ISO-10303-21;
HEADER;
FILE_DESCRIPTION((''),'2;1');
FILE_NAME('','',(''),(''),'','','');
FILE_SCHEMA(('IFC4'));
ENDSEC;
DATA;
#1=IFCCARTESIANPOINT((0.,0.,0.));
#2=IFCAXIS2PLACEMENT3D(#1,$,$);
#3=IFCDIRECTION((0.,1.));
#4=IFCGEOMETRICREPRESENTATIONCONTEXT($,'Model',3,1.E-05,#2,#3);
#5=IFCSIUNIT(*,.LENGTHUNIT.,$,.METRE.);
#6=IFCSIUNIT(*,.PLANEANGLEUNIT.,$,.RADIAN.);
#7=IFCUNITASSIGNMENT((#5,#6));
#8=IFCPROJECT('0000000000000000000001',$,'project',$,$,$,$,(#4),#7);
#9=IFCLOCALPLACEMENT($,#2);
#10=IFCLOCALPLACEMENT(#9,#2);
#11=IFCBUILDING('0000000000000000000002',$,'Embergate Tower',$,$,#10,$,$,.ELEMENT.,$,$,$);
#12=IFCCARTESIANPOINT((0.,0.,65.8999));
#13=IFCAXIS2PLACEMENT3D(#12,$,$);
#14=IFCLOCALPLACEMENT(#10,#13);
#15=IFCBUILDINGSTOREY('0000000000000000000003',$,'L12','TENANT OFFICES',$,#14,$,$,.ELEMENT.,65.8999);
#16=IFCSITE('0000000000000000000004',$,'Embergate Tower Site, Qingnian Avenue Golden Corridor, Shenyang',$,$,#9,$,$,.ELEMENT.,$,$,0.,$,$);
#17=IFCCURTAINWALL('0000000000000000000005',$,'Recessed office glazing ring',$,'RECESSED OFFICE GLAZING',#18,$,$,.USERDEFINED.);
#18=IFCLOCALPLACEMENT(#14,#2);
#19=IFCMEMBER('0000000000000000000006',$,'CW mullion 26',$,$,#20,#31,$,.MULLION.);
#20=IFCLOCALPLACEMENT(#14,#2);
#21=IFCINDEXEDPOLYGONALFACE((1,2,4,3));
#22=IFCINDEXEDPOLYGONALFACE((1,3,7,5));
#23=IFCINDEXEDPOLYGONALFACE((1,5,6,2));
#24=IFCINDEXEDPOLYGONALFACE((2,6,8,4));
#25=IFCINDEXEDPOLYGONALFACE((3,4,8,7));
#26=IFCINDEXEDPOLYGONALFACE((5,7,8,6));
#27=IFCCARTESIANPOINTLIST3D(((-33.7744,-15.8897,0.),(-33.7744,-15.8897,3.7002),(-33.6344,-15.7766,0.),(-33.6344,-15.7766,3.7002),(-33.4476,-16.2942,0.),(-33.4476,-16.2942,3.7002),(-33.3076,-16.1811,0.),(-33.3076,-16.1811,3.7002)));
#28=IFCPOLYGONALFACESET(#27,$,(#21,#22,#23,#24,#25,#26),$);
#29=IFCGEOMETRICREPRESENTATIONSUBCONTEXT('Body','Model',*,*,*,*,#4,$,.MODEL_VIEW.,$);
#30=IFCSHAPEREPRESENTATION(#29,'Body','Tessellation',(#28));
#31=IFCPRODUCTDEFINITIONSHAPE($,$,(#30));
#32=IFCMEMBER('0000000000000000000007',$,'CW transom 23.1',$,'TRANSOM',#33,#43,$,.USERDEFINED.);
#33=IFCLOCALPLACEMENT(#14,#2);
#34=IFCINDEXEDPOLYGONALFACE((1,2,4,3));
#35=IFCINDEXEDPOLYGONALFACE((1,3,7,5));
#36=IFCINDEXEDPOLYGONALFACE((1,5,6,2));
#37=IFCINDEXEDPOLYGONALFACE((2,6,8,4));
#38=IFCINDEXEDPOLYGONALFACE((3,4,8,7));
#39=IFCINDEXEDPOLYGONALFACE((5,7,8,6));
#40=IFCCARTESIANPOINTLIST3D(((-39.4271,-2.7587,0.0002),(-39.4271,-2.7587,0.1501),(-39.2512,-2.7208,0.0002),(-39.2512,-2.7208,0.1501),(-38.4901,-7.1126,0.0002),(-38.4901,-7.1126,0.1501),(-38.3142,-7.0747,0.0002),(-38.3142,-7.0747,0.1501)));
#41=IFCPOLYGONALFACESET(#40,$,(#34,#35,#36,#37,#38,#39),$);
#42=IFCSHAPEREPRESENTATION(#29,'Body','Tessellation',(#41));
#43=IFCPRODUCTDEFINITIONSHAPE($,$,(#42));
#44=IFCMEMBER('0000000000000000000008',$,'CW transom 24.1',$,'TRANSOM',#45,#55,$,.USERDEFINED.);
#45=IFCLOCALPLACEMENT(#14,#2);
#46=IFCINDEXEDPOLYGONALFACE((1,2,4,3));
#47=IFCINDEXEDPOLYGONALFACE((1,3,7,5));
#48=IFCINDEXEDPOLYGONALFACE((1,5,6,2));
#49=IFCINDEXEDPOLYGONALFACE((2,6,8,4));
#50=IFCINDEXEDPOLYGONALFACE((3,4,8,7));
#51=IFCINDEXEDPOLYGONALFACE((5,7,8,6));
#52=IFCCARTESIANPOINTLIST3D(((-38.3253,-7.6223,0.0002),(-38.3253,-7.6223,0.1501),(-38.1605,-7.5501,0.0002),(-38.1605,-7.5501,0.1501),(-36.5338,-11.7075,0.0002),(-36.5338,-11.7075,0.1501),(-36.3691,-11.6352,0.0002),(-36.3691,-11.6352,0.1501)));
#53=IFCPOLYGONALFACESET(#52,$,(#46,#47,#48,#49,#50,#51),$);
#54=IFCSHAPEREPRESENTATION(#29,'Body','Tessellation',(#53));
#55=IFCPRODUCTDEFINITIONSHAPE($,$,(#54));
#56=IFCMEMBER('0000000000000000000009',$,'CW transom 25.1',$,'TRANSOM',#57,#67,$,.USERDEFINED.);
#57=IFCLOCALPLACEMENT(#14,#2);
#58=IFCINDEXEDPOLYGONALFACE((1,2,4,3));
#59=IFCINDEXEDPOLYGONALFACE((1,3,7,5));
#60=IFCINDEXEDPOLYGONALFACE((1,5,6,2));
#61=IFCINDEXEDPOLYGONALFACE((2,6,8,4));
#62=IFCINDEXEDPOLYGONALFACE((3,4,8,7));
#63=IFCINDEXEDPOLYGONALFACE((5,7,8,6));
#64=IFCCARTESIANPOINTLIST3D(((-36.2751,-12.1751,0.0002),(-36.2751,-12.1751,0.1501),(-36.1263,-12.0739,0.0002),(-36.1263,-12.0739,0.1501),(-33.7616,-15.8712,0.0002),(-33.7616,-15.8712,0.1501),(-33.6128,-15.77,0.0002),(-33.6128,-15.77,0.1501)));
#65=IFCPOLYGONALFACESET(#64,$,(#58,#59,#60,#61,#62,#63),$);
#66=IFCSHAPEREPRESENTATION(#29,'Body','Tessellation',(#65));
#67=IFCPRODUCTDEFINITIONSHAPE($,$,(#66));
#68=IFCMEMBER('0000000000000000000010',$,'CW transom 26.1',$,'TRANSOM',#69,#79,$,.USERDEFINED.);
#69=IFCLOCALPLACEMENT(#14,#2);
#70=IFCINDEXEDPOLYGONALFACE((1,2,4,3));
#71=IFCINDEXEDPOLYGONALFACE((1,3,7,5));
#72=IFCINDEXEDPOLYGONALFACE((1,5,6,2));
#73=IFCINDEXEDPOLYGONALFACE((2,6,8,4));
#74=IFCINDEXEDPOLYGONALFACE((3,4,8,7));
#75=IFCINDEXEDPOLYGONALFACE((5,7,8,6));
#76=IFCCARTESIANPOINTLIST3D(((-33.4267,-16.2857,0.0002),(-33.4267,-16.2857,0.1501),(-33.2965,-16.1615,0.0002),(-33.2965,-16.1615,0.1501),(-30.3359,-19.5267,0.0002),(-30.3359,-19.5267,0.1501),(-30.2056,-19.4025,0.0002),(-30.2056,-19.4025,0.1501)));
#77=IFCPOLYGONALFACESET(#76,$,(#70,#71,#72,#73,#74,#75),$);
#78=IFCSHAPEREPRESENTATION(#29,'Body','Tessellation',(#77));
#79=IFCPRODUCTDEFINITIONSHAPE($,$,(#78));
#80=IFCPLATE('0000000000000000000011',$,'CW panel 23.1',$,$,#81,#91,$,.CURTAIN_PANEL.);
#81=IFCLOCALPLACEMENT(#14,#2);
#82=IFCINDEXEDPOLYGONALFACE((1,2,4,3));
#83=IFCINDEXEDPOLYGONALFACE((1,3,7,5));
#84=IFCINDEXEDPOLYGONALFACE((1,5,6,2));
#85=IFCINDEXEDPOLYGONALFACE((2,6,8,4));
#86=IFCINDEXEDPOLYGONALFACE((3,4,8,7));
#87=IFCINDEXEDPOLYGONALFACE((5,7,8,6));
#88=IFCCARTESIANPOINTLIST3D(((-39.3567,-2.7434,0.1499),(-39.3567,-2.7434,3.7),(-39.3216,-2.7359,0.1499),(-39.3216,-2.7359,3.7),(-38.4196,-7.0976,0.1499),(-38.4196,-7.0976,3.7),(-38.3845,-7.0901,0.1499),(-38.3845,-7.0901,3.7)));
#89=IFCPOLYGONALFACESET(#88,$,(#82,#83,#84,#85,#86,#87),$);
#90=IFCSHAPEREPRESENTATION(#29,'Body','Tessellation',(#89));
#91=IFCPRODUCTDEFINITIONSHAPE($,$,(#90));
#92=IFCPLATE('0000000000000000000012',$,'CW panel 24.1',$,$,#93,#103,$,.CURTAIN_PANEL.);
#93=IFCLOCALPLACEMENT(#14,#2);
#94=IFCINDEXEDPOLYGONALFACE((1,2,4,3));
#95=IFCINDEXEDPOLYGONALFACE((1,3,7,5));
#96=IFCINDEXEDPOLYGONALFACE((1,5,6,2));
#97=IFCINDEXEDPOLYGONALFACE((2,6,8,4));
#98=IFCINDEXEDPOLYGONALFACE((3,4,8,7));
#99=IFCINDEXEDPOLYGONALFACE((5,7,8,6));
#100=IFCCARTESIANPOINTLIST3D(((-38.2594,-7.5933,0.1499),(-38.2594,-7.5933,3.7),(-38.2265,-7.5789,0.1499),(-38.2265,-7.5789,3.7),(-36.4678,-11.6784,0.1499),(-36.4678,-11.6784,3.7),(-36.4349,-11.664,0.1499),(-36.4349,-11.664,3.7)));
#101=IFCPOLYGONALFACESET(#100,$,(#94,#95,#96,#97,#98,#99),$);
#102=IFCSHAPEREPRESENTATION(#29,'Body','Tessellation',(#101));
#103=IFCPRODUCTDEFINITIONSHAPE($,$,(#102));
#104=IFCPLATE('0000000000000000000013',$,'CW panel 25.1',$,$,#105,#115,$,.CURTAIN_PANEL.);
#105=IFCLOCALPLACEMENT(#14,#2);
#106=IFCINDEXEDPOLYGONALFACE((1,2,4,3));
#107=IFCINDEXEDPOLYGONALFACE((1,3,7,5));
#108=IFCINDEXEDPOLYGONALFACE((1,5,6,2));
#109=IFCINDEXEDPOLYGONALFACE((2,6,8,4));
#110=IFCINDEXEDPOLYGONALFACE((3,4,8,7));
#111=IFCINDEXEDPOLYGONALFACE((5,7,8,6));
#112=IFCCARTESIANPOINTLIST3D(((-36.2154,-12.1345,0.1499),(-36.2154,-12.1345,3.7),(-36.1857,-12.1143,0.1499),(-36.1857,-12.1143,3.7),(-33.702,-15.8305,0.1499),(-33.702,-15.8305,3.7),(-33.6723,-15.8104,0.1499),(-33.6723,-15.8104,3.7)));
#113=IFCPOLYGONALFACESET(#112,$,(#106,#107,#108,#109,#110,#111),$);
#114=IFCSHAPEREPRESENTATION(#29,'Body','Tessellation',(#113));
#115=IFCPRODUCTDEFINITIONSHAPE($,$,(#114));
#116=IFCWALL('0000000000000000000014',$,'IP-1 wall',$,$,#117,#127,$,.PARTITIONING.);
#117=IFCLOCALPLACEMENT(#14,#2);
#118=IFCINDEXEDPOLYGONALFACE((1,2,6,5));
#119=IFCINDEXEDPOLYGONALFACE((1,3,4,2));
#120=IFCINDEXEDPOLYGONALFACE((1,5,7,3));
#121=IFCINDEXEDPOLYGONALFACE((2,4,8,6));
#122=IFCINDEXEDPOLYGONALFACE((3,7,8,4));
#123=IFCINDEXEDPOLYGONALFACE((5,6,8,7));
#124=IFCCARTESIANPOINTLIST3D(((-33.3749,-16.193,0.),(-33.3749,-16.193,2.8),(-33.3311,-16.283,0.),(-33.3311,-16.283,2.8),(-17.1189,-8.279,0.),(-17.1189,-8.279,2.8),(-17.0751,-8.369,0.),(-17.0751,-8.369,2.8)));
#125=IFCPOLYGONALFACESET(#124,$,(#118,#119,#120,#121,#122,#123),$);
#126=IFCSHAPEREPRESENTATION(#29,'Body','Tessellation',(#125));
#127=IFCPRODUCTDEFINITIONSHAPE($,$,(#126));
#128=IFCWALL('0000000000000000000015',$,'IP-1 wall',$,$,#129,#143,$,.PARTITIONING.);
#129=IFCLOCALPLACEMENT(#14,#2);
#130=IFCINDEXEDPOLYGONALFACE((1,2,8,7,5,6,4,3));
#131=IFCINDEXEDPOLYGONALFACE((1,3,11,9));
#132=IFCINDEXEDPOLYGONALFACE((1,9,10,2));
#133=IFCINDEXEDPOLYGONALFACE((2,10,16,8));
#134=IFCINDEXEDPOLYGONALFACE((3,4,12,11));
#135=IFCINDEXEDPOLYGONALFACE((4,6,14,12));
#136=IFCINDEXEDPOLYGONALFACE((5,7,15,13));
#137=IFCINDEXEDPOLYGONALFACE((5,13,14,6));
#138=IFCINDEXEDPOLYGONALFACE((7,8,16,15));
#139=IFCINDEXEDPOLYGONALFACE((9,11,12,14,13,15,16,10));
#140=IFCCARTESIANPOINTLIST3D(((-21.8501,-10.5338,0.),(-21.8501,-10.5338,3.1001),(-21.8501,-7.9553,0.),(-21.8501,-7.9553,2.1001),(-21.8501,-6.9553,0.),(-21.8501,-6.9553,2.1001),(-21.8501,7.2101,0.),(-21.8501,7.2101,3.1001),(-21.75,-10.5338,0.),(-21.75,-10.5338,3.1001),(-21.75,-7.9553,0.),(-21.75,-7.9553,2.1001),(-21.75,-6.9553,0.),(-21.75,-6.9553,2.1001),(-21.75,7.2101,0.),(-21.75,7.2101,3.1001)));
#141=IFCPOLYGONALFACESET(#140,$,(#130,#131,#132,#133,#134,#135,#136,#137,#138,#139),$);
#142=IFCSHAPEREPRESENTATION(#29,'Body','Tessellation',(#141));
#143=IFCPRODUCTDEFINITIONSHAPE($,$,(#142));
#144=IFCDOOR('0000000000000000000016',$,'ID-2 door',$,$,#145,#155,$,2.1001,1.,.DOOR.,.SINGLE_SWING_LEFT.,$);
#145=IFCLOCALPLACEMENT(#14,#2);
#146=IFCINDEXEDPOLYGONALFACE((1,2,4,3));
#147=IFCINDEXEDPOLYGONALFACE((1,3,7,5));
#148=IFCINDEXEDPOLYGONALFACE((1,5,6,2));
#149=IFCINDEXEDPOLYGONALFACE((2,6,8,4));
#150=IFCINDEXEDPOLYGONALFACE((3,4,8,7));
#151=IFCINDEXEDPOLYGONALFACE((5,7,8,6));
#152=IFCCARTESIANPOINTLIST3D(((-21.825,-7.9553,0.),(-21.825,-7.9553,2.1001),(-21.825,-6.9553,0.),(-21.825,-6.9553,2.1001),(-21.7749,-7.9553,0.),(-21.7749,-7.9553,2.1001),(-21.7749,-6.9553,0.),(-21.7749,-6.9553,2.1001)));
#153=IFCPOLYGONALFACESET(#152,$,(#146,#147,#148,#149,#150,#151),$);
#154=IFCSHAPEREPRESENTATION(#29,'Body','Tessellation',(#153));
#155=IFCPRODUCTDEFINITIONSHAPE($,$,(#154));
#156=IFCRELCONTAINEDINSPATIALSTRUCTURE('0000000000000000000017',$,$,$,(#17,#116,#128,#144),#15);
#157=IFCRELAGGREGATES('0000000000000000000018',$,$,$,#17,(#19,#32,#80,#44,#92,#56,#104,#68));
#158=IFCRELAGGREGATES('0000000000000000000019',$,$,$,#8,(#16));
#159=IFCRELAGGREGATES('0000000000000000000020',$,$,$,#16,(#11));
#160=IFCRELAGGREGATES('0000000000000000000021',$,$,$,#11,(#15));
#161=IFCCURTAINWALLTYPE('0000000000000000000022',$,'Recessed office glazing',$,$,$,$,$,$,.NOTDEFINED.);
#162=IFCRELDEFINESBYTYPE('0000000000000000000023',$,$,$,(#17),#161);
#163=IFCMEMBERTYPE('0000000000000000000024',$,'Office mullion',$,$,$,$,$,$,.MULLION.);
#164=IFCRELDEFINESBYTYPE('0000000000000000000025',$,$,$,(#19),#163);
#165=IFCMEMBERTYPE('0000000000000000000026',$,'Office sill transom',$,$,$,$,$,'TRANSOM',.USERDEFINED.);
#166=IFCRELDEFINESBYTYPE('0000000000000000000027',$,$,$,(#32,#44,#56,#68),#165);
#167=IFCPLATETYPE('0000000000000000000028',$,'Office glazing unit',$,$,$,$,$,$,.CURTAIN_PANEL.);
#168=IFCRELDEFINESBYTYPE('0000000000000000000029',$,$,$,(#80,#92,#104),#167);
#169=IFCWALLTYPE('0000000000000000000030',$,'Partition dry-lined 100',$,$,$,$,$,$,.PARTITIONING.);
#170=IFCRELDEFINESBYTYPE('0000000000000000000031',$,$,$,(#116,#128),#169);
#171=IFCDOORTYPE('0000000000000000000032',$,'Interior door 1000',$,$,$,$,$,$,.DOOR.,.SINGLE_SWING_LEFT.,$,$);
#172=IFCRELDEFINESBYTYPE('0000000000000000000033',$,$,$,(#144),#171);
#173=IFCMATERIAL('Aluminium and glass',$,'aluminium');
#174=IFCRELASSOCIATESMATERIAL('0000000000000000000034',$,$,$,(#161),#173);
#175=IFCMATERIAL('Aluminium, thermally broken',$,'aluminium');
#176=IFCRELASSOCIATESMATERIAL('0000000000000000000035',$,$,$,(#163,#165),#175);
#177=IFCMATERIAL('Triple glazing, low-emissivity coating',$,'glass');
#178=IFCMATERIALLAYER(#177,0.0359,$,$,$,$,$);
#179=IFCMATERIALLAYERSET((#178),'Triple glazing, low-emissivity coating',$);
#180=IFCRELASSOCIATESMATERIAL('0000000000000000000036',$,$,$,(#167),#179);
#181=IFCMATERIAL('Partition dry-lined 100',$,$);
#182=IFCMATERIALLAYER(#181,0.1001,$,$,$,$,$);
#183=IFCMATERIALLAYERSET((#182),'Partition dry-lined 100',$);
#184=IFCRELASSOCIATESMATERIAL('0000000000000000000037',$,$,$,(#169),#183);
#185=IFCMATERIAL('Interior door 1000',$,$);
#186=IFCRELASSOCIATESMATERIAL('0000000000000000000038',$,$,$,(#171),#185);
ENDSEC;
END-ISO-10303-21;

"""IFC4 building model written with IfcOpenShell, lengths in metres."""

from ifc_helpers import new_model, si_unit, direction, frame, frame_2d, origin, origin_2d, place, context, subcontext, project, spatial, rectangle, extrude, source, transform, mapped, material, layer, layer_set, material_profile, profile_set, type_object, element, fill, aggregate, save


model = new_model("IFC4")

# Units and contexts
model_context = context("Model", 3, precision=1e-05, world=origin(), true_north=direction((0.0, 1.0)))
body_context = subcontext(model_context, "Body", "Model", "MODEL_VIEW")
ifc_project = project(units=[si_unit("LENGTHUNIT", "METRE"), si_unit("PLANEANGLEUNIT", "RADIAN")], contexts=[model_context])

# Site, building, storey
site_placement = place(None, origin())
site = spatial("IfcSite", under=ifc_project, at=site_placement, Name="Embergate Tower Site, Qingnian Avenue Golden Corridor, Shenyang", CompositionType="ELEMENT", RefElevation=0.0)
building_placement = place(site_placement, origin())
building = spatial("IfcBuilding", under=site, at=building_placement, Name="Embergate Tower", CompositionType="ELEMENT")
storey_placement = place(building_placement, frame((0.0, 0.0, 65.8999)))
storey = spatial("IfcBuildingStorey", under=building, at=storey_placement, Name="L12", Description="TENANT OFFICES", CompositionType="ELEMENT", Elevation=65.8999)

# Curtain wall, members, plates
ifc_material_1 = material(Name="Aluminium and glass", Category="aluminium")
curtain_wall_type = type_object("IfcCurtainWallType", Name="Recessed office glazing", PredefinedType="NOTDEFINED", material=ifc_material_1)
curtain_wall_placement = place(storey_placement, origin())
curtain_wall = element("IfcCurtainWall", 1, at=curtain_wall_placement, inside=storey, type_object=curtain_wall_type, Name="Recessed office glazing ring", ObjectType="RECESSED OFFICE GLAZING", PredefinedType="USERDEFINED")
ifc_material_2 = material(Name="Aluminium, thermally broken", Category="aluminium")
ifc_material_profile_1 = material_profile(ifc_material_2, rectangle(XDim=0.1799, YDim=0.52, at=origin_2d()), Name="AL 520x180")
ifc_profile_set_1 = profile_set([ifc_material_profile_1], Name="Aluminium, thermally broken")
member_type_1 = type_object("IfcMemberType", Name="Office mullion", PredefinedType="MULLION", material=ifc_profile_set_1)
shared_shape_1 = source(origin(), body_context, "Body", "SweptSolid", [
    extrude(rectangle(XDim=0.1799, YDim=0.52, at=origin_2d()), origin(), (0.0, 0.0, 1.0), 3.7002),
])
member_1_placement = place(storey_placement, frame((-33.541, -16.0354, 0.0), z_axis=(0.0, 0.0, 1.0), x_axis=(0.777884, 0.628408, 0.0)))
member_1 = element("IfcMember", 2, at=member_1_placement, type_object=member_type_1, Name="CW mullion 26", PredefinedType="MULLION", context=body_context, shape_type="MappedRepresentation", body=[
    mapped(shared_shape_1, transform((0.0, 0.0, 0.0))),
])
ifc_material_profile_2 = material_profile(ifc_material_2, rectangle(XDim=0.1799, YDim=0.1499, at=origin_2d()), Name="AL 150x180")
ifc_profile_set_2 = profile_set([ifc_material_profile_2], Name="Aluminium, thermally broken")
member_type_2 = type_object("IfcMemberType", Name="Office sill transom", ElementType="TRANSOM", PredefinedType="USERDEFINED", material=ifc_profile_set_2)
shared_shape_2 = source(origin(), body_context, "Body", "SweptSolid", [
    extrude(rectangle(XDim=0.1799, YDim=0.1499, at=origin_2d()), origin(), (0.0, 0.0, 1.0), 4.4536),
])
member_2_placement = place(storey_placement, frame((-39.3391, -2.7397, 0.0752), z_axis=(0.21039, -0.977618, 0.0), x_axis=(0.977618, 0.21039, 0.0)))
member_2 = element("IfcMember", 3, at=member_2_placement, type_object=member_type_2, Name="CW transom 23.1", ObjectType="TRANSOM", PredefinedType="USERDEFINED", context=body_context, shape_type="MappedRepresentation", body=[
    mapped(shared_shape_2, transform((0.0, 0.0, 0.0))),
])
shared_shape_3 = source(origin(), body_context, "Body", "SweptSolid", [
    extrude(rectangle(XDim=0.1799, YDim=0.1499, at=origin_2d()), origin(), (0.0, 0.0, 1.0), 4.4607),
])
member_3_placement = place(storey_placement, frame((-38.2429, -7.5862, 0.0752), z_axis=(0.401614, -0.915809, 0.0), x_axis=(0.915809, 0.401614, 0.0)))
member_3 = element("IfcMember", 4, at=member_3_placement, type_object=member_type_2, Name="CW transom 24.1", ObjectType="TRANSOM", PredefinedType="USERDEFINED", context=body_context, shape_type="MappedRepresentation", body=[
    mapped(shared_shape_3, transform((0.0, 0.0, 0.0))),
])
shared_shape_4 = source(origin(), body_context, "Body", "SweptSolid", [
    extrude(rectangle(XDim=0.1799, YDim=0.1499, at=origin_2d()), origin(), (0.0, 0.0, 1.0), 4.4697),
])
member_4_placement = place(storey_placement, frame((-36.2007, -12.1245, 0.0752), z_axis=(0.562328, -0.826914, 0.0), x_axis=(0.826914, 0.562328, 0.0)))
member_4 = element("IfcMember", 5, at=member_4_placement, type_object=member_type_2, Name="CW transom 25.1", ObjectType="TRANSOM", PredefinedType="USERDEFINED", context=body_context, shape_type="MappedRepresentation", body=[
    mapped(shared_shape_4, transform((0.0, 0.0, 0.0))),
])
shared_shape_5 = source(origin(), body_context, "Body", "SweptSolid", [
    extrude(rectangle(XDim=0.1799, YDim=0.1499, at=origin_2d()), origin(), (0.0, 0.0, 1.0), 4.4785),
])
member_5_placement = place(storey_placement, frame((-33.3616, -16.2236, 0.0752), z_axis=(0.690145, -0.723671, 0.0), x_axis=(0.723671, 0.690145, 0.0)))
member_5 = element("IfcMember", 6, at=member_5_placement, type_object=member_type_2, Name="CW transom 26.1", ObjectType="TRANSOM", PredefinedType="USERDEFINED", context=body_context, shape_type="MappedRepresentation", body=[
    mapped(shared_shape_5, transform((0.0, 0.0, 0.0))),
])
ifc_material_3 = material(Name="Triple glazing, low-emissivity coating", Category="glass")
ifc_layer_1 = layer(ifc_material_3, 0.0359)
ifc_layer_set_1 = layer_set([ifc_layer_1], Name="Triple glazing, low-emissivity coating")
plate_type = type_object("IfcPlateType", Name="Office glazing unit", PredefinedType="CURTAIN_PANEL", material=ifc_layer_set_1)
shared_shape_6 = source(origin(), body_context, "Body", "SweptSolid", [
    extrude(rectangle(XDim=4.4539, YDim=0.0359, at=origin_2d()), origin(), (0.0, 0.0, 1.0), 3.55),
])
plate_1_placement = place(storey_placement, frame((-38.8706, -4.9167, 0.1499), z_axis=(0.0, 0.0, 1.0), x_axis=(0.210392, -0.977617, 0.0)))
plate_1 = element("IfcPlate", 7, at=plate_1_placement, type_object=plate_type, Name="CW panel 23.1", PredefinedType="CURTAIN_PANEL", context=body_context, shape_type="MappedRepresentation", body=[
    mapped(shared_shape_6, transform((0.0, 0.0, 0.0))),
])
shared_shape_7 = source(origin(), body_context, "Body", "SweptSolid", [
    extrude(rectangle(XDim=4.4607, YDim=0.0359, at=origin_2d()), origin(), (0.0, 0.0, 1.0), 3.55),
])
plate_2_placement = place(storey_placement, frame((-37.3472, -9.6287, 0.1499), z_axis=(0.0, 0.0, 1.0), x_axis=(0.401644, -0.915796, 0.0)))
plate_2 = element("IfcPlate", 8, at=plate_2_placement, type_object=plate_type, Name="CW panel 24.1", PredefinedType="CURTAIN_PANEL", context=body_context, shape_type="MappedRepresentation", body=[
    mapped(shared_shape_7, transform((0.0, 0.0, 0.0))),
])
shared_shape_8 = source(origin(), body_context, "Body", "SweptSolid", [
    extrude(rectangle(XDim=4.4697, YDim=0.0359, at=origin_2d()), origin(), (0.0, 0.0, 1.0), 3.55),
])
plate_3_placement = place(storey_placement, frame((-34.9438, -13.9724, 0.1499), z_axis=(0.0, 0.0, 1.0), x_axis=(0.562332, -0.826912, 0.0)))
plate_3 = element("IfcPlate", 9, at=plate_3_placement, type_object=plate_type, Name="CW panel 25.1", PredefinedType="CURTAIN_PANEL", context=body_context, shape_type="MappedRepresentation", body=[
    mapped(shared_shape_8, transform((0.0, 0.0, 0.0))),
])
aggregate(curtain_wall, [member_1, member_2, plate_1, member_3, plate_2, member_4, plate_3, member_5])

# Wall
ifc_material_4 = material(Name="Partition dry-lined 100")
ifc_layer_2 = layer(ifc_material_4, 0.1001)
ifc_layer_set_2 = layer_set([ifc_layer_2], Name="Partition dry-lined 100")
wall_type = type_object("IfcWallType", Name="Partition dry-lined 100", PredefinedType="PARTITIONING", material=ifc_layer_set_2)
shared_shape_9 = source(origin(), body_context, "Body", "SweptSolid", [
    extrude(rectangle(XDim=18.0801, YDim=0.1001, at=frame_2d((9.04, 0.0))), origin(), (0.0, 0.0, 1.0), 2.8),
])
wall_1_placement = place(storey_placement, frame((-33.353, -16.238, 0.0), z_axis=(0.0, 0.0, 1.0), x_axis=(0.899111, 0.43772, 0.0)))
element("IfcWall", 10, at=wall_1_placement, inside=storey, type_object=wall_type, Name="IP-1 wall", PredefinedType="PARTITIONING", context=body_context, shape_type="MappedRepresentation", body=[
    mapped(shared_shape_9, transform((0.0, 0.0, 0.0))),
])

# Wall, opening, door
shared_shape_10 = source(origin(), body_context, "Body", "SweptSolid", [
    extrude(rectangle(XDim=17.7439, YDim=0.1001, at=frame_2d((8.8721, 0.0))), origin(), (0.0, 0.0, 1.0), 3.1001),
])
wall_2_placement = place(storey_placement, frame((-21.8, -10.5339, 0.0), z_axis=(0.0, 0.0, 1.0), x_axis=(0.0, 1.0, 0.0)))
wall_2 = element("IfcWall", 11, at=wall_2_placement, inside=storey, type_object=wall_type, Name="IP-1 wall", PredefinedType="PARTITIONING", context=body_context, shape_type="MappedRepresentation", body=[
    mapped(shared_shape_10, transform((0.0, 0.0, 0.0))),
])
shared_shape_11 = source(origin(), body_context, "Body", "SweptSolid", [
    extrude(rectangle(XDim=1.0, YDim=2.1001, at=frame_2d((0.5, 1.05))), frame((0.0, 0.0601, 0.0), z_axis=(0.0, -1.0, 0.0), x_axis=(1.0, 0.0, 0.0)), (0.0, 0.0, 1.0), 0.1201),
])
opening_placement = place(wall_2_placement, frame((2.5786, 0.0, 0.0)))
opening = element("IfcOpeningElement", 12, at=opening_placement, cuts=wall_2, PredefinedType="OPENING", context=body_context, shape_type="MappedRepresentation", body=[
    mapped(shared_shape_11, transform((0.0, 0.0, 0.0))),
])
ifc_material_5 = material(Name="Interior door 1000")
door_type = type_object("IfcDoorType", Name="Interior door 1000", OperationType="SINGLE_SWING_LEFT", PredefinedType="DOOR", material=ifc_material_5)
shared_shape_12 = source(origin(), body_context, "Body", "SweptSolid", [
    extrude(rectangle(XDim=1.0, YDim=2.1001, at=frame_2d((0.5, 1.05))), frame((0.0, 0.0249, 0.0), z_axis=(0.0, -1.0, 0.0), x_axis=(1.0, 0.0, 0.0)), (0.0, 0.0, 1.0), 0.05),
])
door_placement = place(opening_placement, origin())
door = element("IfcDoor", 13, at=door_placement, inside=storey, type_object=door_type, Name="ID-2 door", OperationType="SINGLE_SWING_LEFT", OverallHeight=2.1001, OverallWidth=1.0, PredefinedType="DOOR", context=body_context, shape_type="MappedRepresentation", body=[
    mapped(shared_shape_12, transform((0.0, 0.0, 0.0))),
])
fill(opening, door)

save(model, "model.ifc")
